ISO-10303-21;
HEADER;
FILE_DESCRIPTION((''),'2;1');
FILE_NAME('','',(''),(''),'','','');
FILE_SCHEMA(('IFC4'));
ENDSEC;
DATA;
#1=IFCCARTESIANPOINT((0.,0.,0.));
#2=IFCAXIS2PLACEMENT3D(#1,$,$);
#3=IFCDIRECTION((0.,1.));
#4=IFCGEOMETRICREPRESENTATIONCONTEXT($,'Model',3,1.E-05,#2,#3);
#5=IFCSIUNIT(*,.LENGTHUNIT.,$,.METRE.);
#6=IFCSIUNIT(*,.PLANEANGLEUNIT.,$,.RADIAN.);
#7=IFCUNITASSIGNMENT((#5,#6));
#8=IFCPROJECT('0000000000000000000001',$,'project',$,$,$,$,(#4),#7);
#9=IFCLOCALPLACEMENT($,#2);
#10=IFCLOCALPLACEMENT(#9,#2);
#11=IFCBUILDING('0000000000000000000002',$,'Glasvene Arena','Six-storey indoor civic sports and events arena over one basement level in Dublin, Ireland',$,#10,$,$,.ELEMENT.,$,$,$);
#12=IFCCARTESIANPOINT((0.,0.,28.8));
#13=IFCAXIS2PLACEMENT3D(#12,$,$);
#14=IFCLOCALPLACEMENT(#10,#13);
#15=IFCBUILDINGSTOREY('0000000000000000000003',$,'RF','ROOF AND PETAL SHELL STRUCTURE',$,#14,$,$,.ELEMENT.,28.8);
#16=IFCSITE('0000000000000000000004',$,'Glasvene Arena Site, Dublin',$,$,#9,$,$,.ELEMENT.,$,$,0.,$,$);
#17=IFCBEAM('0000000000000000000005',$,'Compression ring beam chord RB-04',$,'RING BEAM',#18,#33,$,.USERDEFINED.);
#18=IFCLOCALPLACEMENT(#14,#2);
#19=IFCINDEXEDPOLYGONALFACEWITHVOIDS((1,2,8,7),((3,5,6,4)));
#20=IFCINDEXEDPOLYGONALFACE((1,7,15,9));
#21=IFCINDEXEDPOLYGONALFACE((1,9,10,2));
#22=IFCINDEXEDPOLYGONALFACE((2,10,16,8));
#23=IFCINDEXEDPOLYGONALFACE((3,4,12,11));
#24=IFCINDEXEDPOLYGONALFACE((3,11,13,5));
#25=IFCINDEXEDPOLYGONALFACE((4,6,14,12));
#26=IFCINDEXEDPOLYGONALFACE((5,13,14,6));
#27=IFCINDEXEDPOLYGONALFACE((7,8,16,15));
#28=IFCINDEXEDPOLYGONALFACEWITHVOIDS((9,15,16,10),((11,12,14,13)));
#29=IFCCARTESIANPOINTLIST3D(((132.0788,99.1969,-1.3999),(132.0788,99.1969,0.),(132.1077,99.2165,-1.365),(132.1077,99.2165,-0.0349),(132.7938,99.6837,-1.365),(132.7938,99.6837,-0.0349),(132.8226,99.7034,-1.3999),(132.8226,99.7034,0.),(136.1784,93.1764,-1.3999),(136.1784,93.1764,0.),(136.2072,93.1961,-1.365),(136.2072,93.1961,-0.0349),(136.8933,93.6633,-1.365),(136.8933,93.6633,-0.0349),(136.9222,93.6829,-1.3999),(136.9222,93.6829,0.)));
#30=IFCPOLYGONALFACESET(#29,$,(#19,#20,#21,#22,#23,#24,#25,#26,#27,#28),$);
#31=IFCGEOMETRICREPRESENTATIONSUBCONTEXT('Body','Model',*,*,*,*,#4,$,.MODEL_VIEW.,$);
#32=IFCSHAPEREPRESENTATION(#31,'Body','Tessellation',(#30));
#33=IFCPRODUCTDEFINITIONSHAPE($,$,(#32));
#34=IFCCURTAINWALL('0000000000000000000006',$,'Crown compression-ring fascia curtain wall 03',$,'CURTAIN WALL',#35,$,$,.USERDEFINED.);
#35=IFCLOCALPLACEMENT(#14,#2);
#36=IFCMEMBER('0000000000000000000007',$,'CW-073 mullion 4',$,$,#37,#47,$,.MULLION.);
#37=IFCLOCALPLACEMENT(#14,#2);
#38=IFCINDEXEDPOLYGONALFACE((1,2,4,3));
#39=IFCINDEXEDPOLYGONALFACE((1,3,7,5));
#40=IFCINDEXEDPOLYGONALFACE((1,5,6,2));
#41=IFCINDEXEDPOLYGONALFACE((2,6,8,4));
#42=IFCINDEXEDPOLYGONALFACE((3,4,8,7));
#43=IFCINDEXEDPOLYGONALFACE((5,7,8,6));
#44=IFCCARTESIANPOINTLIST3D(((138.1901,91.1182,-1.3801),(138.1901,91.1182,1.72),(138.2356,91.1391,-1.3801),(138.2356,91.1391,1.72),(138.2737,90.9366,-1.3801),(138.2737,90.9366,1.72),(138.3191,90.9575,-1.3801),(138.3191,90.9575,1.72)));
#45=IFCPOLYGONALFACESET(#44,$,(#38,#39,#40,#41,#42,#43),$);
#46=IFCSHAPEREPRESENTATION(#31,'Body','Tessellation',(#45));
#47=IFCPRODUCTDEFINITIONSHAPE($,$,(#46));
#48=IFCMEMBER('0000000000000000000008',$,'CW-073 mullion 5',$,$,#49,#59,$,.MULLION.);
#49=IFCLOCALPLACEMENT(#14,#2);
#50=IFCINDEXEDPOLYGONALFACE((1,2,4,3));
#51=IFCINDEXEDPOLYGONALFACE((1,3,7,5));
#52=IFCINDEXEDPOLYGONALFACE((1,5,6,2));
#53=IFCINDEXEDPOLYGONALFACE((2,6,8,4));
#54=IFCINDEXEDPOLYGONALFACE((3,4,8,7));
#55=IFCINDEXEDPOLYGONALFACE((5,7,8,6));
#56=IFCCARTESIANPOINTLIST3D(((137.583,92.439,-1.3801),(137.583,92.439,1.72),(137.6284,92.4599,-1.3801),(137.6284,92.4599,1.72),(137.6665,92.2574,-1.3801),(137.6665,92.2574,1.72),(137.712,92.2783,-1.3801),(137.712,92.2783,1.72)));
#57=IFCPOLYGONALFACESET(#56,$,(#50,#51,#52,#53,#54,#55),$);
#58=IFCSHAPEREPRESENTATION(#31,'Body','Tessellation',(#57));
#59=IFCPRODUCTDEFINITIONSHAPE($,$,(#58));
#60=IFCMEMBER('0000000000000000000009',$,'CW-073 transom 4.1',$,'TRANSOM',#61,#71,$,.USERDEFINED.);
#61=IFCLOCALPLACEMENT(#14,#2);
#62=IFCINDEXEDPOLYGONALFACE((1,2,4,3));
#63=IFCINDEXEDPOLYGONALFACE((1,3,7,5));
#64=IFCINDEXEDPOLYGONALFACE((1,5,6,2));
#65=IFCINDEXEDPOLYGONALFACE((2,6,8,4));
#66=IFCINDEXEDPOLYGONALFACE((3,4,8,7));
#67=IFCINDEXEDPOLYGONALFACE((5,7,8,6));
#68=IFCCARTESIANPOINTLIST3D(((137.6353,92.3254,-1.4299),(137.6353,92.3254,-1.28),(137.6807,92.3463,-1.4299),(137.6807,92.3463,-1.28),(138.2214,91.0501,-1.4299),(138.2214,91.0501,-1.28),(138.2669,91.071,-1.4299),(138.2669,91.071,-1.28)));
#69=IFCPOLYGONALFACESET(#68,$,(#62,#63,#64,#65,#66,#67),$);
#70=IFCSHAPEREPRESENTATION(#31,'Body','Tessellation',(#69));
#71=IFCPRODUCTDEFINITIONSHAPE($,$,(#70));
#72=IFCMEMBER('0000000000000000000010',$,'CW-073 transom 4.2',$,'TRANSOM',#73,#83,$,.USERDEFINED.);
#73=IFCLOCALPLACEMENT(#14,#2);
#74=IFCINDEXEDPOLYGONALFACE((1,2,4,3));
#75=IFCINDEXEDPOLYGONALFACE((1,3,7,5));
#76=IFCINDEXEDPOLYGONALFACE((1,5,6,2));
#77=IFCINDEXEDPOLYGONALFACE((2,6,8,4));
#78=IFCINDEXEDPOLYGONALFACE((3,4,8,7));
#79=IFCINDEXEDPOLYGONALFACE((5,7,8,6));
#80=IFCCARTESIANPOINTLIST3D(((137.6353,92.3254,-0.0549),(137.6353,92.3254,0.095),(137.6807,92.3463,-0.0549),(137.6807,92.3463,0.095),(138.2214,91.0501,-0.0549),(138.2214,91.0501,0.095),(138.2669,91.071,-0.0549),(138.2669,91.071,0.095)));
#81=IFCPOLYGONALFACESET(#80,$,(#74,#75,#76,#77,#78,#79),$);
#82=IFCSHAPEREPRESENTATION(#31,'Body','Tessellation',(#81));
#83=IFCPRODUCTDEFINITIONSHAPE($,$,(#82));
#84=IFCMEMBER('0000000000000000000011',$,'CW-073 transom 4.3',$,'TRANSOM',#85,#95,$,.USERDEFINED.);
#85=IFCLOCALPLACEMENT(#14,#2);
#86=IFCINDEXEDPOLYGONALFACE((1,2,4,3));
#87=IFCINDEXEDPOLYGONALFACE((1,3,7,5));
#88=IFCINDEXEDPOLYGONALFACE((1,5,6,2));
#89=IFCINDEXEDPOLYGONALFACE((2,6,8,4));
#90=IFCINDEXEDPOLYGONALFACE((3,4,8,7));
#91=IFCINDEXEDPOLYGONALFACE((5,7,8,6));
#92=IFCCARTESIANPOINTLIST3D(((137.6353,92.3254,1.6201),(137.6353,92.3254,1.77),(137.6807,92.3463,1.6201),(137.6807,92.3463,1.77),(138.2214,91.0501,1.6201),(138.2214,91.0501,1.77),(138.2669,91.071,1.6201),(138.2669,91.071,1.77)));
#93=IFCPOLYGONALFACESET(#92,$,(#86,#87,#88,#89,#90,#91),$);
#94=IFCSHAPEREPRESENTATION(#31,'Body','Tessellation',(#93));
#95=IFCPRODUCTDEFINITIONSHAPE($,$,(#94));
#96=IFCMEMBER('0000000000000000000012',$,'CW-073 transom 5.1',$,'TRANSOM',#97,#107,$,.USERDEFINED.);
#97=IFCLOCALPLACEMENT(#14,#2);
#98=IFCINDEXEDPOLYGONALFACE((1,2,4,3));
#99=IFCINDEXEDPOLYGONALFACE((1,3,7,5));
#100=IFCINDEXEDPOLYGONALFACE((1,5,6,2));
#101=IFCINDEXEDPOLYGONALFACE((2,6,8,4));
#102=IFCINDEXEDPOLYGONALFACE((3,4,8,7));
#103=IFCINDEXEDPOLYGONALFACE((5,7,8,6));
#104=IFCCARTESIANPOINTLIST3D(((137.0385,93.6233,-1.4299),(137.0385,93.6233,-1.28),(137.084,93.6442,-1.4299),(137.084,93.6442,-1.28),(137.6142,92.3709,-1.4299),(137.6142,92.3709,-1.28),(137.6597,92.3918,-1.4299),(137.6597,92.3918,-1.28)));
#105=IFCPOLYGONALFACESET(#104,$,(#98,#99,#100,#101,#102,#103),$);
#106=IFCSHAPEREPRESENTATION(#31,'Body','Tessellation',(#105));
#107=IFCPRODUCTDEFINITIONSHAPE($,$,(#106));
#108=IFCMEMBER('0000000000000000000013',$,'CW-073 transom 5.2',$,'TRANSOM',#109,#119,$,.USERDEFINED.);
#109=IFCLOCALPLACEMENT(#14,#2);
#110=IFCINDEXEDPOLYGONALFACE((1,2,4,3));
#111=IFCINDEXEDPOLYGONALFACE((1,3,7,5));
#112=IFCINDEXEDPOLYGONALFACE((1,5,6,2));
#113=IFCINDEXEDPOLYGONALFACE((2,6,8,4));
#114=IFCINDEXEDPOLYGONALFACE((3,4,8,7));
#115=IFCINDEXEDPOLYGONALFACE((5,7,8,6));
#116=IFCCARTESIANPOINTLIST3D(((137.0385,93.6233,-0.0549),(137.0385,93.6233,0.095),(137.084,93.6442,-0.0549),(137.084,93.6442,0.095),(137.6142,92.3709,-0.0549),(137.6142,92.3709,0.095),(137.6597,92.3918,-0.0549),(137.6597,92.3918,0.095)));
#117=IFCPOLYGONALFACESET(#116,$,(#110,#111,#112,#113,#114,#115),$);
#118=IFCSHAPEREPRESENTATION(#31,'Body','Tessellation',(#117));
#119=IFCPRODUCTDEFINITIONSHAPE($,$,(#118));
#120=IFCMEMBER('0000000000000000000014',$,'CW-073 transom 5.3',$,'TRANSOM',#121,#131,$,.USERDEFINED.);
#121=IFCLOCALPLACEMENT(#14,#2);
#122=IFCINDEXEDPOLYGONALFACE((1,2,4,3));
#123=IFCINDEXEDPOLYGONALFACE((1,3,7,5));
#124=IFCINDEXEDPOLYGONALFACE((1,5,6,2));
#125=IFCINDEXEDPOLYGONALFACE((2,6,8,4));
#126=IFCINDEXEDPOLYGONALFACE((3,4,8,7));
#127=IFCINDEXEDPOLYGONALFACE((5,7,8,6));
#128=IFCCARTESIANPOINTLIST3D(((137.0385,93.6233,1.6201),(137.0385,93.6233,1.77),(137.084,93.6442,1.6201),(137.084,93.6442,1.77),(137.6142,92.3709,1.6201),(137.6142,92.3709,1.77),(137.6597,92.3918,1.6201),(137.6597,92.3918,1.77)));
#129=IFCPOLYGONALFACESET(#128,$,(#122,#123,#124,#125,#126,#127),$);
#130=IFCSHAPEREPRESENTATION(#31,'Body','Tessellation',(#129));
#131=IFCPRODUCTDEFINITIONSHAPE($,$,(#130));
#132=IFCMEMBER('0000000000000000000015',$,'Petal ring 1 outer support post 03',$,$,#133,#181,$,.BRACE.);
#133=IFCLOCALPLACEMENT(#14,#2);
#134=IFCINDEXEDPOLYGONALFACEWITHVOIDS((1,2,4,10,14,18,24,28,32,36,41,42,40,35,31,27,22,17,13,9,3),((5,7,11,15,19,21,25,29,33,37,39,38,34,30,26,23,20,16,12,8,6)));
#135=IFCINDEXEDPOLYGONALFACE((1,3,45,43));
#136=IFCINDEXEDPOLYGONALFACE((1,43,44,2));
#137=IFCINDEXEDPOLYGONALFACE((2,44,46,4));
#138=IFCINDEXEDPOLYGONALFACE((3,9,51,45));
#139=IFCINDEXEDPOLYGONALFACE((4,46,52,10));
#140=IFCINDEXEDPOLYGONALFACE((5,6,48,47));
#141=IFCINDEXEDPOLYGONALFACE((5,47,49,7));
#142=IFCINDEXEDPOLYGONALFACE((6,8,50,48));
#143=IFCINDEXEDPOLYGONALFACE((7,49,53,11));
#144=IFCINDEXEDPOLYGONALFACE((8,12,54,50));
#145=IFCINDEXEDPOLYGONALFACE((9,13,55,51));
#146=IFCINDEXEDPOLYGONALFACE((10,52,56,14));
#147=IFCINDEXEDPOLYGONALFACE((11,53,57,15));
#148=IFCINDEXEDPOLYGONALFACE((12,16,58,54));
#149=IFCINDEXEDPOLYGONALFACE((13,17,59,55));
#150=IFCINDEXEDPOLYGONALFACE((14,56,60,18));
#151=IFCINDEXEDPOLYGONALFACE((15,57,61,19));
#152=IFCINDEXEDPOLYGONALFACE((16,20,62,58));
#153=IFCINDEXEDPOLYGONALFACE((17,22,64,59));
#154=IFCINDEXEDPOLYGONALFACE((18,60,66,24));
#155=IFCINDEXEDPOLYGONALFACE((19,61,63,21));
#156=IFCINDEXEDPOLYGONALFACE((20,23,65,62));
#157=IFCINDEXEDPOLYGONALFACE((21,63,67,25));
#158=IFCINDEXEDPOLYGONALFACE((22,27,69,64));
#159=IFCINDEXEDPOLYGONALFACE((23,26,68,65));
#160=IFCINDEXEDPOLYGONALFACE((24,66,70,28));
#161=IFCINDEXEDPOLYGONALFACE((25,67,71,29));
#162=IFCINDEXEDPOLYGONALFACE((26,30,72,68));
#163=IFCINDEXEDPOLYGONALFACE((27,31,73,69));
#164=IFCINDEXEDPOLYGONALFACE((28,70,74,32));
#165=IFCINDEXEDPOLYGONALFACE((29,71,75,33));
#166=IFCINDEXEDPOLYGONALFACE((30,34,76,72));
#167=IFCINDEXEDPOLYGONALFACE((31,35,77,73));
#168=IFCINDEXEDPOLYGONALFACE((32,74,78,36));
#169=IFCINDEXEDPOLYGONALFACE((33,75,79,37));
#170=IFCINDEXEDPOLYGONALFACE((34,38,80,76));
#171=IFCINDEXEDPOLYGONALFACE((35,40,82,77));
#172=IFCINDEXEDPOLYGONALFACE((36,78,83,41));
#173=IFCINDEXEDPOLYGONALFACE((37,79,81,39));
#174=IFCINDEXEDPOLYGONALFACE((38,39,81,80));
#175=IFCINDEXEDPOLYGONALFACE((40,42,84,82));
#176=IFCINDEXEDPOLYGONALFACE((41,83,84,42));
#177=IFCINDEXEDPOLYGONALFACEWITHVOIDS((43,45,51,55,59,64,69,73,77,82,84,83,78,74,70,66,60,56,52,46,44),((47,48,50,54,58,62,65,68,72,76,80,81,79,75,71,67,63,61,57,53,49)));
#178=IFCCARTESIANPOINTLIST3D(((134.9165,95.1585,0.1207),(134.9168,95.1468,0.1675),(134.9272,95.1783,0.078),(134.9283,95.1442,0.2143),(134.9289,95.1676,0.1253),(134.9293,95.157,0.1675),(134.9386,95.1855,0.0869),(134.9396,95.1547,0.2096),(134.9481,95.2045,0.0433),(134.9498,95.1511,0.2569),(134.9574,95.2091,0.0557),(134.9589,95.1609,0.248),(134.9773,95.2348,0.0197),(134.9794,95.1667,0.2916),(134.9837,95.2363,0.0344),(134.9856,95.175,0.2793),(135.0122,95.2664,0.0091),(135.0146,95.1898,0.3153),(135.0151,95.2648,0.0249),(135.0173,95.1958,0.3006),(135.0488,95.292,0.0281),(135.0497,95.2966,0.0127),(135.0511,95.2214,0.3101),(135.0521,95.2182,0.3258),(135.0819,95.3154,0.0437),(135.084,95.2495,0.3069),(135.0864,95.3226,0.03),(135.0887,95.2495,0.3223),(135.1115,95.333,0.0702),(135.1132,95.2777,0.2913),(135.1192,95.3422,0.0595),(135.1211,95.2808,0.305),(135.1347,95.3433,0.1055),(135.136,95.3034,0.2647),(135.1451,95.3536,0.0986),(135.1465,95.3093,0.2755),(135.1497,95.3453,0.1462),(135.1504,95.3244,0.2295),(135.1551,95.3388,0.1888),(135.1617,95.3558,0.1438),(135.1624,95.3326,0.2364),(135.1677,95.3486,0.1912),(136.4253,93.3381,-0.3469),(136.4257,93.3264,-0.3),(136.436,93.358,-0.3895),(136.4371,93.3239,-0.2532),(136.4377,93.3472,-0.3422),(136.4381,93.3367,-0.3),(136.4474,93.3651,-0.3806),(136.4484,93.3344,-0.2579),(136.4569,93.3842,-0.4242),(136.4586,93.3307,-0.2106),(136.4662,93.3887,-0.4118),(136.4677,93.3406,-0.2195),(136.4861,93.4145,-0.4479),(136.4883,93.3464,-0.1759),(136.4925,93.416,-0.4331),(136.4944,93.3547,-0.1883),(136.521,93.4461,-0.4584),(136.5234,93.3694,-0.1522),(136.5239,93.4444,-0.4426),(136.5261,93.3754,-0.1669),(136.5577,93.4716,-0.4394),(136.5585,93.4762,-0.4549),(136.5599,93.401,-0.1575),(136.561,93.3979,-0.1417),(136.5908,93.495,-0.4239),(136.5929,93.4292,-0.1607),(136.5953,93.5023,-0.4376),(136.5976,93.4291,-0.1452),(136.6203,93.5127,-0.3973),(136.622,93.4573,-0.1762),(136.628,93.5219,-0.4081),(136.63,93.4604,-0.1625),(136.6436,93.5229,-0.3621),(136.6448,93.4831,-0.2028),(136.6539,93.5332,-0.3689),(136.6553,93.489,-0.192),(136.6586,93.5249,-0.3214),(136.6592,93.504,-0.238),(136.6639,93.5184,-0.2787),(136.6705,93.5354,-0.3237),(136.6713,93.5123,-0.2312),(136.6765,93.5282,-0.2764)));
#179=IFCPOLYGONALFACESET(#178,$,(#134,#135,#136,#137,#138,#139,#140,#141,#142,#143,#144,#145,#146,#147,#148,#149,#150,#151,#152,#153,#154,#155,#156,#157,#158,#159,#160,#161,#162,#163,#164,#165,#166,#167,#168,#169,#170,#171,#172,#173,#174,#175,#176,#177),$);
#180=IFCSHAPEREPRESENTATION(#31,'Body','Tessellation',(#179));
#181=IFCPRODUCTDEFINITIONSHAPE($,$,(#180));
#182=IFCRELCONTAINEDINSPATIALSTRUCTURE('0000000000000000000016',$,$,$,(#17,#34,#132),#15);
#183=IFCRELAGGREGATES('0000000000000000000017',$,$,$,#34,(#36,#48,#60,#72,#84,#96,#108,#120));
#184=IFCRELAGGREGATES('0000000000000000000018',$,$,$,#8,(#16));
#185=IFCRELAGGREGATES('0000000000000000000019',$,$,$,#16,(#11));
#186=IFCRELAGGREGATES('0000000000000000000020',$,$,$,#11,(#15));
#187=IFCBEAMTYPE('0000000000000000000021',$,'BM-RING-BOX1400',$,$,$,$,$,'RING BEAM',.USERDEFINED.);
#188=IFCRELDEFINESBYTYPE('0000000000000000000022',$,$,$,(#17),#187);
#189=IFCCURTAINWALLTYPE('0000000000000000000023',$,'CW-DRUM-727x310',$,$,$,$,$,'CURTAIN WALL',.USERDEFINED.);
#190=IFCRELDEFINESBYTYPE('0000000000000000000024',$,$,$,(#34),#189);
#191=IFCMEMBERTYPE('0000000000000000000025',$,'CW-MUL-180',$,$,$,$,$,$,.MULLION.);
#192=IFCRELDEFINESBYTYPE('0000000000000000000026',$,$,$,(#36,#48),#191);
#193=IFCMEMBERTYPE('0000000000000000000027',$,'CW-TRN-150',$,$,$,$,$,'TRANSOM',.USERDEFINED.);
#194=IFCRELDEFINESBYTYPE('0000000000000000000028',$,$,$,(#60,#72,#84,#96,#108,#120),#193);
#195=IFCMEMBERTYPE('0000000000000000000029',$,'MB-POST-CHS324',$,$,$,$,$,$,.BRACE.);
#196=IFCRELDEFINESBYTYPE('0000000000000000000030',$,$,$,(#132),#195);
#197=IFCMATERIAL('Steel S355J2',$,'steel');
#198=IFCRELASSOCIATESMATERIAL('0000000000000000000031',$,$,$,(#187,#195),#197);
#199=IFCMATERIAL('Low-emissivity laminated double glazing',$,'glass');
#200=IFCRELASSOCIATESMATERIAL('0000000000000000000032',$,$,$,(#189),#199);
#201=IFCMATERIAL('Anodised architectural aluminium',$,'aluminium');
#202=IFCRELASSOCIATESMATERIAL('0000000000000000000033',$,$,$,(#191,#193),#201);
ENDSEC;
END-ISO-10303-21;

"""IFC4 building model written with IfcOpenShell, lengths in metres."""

from ifc_helpers import new_model, si_unit, direction, frame, origin, origin_2d, place, context, subcontext, project, spatial, rectangle, hollow_rectangle, hollow_circle, extrude, material, material_profile, profile_set, type_object, element, aggregate, save


model = new_model("IFC4")

# Units and contexts
model_context = context("Model", 3, precision=1e-05, world=origin(), true_north=direction((0.0, 1.0)))
body_context = subcontext(model_context, "Body", "Model", "MODEL_VIEW")
ifc_project = project(units=[si_unit("LENGTHUNIT", "METRE"), si_unit("PLANEANGLEUNIT", "RADIAN")], contexts=[model_context])

# Site, building, storey
site_placement = place(None, origin())
site = spatial("IfcSite", under=ifc_project, at=site_placement, Name="Glasvene Arena Site, Dublin", CompositionType="ELEMENT", RefElevation=0.0)
building_placement = place(site_placement, origin())
building = spatial("IfcBuilding", under=site, at=building_placement, Name="Glasvene Arena", Description="Six-storey indoor civic sports and events arena over one basement level in Dublin, Ireland", CompositionType="ELEMENT")
storey_placement = place(building_placement, frame((0.0, 0.0, 28.8)))
storey = spatial("IfcBuildingStorey", under=building, at=storey_placement, Name="RF", Description="ROOF AND PETAL SHELL STRUCTURE", CompositionType="ELEMENT", Elevation=28.8)

# Beam
ifc_material_1 = material(Name="Steel S355J2", Category="steel")
ifc_material_profile_1 = material_profile(ifc_material_1, hollow_rectangle(XDim=0.8999, YDim=1.3999, WallThickness=0.0349, at=origin_2d()), Name="WBOX 900x1400x35")
ifc_profile_set_1 = profile_set([ifc_material_profile_1], Name="Steel S355J2")
beam_type = type_object("IfcBeamType", Name="BM-RING-BOX1400", ElementType="RING BEAM", PredefinedType="USERDEFINED", material=ifc_profile_set_1)
beam_placement = place(storey_placement, frame((136.5503, 93.4297, -0.7), z_axis=(-0.562842, 0.826565, 0.0), x_axis=(-0.826565, -0.562842, 0.0)))
element("IfcBeam", 1, at=beam_placement, inside=storey, type_object=beam_type, Name="Compression ring beam chord RB-04", ObjectType="RING BEAM", PredefinedType="USERDEFINED", context=body_context, shape_type="SweptSolid", body=[
    extrude(hollow_rectangle(XDim=0.8999, YDim=1.3999, WallThickness=0.0349, at=origin_2d()), origin(), (0.0, 0.0, 1.0), 7.2837),
])

# Curtain wall, members
ifc_material_2 = material(Name="Low-emissivity laminated double glazing", Category="glass")
curtain_wall_type = type_object("IfcCurtainWallType", Name="CW-DRUM-727x310", ElementType="CURTAIN WALL", PredefinedType="USERDEFINED", material=ifc_material_2)
curtain_wall_placement = place(storey_placement, frame((140.0759, 87.0757, 0.0)))
curtain_wall = element("IfcCurtainWall", 2, at=curtain_wall_placement, inside=storey, type_object=curtain_wall_type, Name="Crown compression-ring fascia curtain wall 03", ObjectType="CURTAIN WALL", PredefinedType="USERDEFINED")
ifc_material_3 = material(Name="Anodised architectural aluminium", Category="aluminium")
ifc_material_profile_2 = material_profile(ifc_material_3, rectangle(XDim=0.05, YDim=0.2, at=origin_2d()), Name="ALU MULLION 50x200")
ifc_profile_set_2 = profile_set([ifc_material_profile_2], Name="Anodised architectural aluminium")
member_type_1 = type_object("IfcMemberType", Name="CW-MUL-180", PredefinedType="MULLION", material=ifc_profile_set_2)
member_1_placement = place(storey_placement, frame((138.2546, 91.0378, -1.3801), z_axis=(0.0, 0.0, 1.0), x_axis=(-0.908603, -0.417661, 0.0)))
member_1 = element("IfcMember", 3, at=member_1_placement, type_object=member_type_1, Name="CW-073 mullion 4", PredefinedType="MULLION", context=body_context, shape_type="SweptSolid", body=[
    extrude(rectangle(XDim=0.05, YDim=0.2, at=origin_2d()), origin(), (0.0, 0.0, 1.0), 3.1001),
])
member_2_placement = place(storey_placement, frame((137.6475, 92.3586, -1.3801), z_axis=(0.0, 0.0, 1.0), x_axis=(-0.908603, -0.417661, 0.0)))
member_2 = element("IfcMember", 4, at=member_2_placement, type_object=member_type_1, Name="CW-073 mullion 5", PredefinedType="MULLION", context=body_context, shape_type="SweptSolid", body=[
    extrude(rectangle(XDim=0.05, YDim=0.2, at=origin_2d()), origin(), (0.0, 0.0, 1.0), 3.1001),
])
ifc_material_profile_3 = material_profile(ifc_material_3, rectangle(XDim=0.05, YDim=0.1499, at=origin_2d()), Name="ALU TRANSOM 50x150")
ifc_profile_set_3 = profile_set([ifc_material_profile_3], Name="Anodised architectural aluminium")
member_type_2 = type_object("IfcMemberType", Name="CW-TRN-150", ElementType="TRANSOM", PredefinedType="USERDEFINED", material=ifc_profile_set_3)
member_3_placement = place(storey_placement, frame((138.2441, 91.0605, -1.355), z_axis=(-0.417613, 0.908625, 0.0), x_axis=(-0.908625, -0.417613, 0.0)))
member_3 = element("IfcMember", 5, at=member_3_placement, type_object=member_type_2, Name="CW-073 transom 4.1", ObjectType="TRANSOM", PredefinedType="USERDEFINED", context=body_context, shape_type="SweptSolid", body=[
    extrude(rectangle(XDim=0.05, YDim=0.1499, at=origin_2d()), origin(), (0.0, 0.0, 1.0), 1.4036),
])
member_4_placement = place(storey_placement, frame((138.2441, 91.0605, 0.02), z_axis=(-0.417613, 0.908625, 0.0), x_axis=(-0.908625, -0.417613, 0.0)))
member_4 = element("IfcMember", 6, at=member_4_placement, type_object=member_type_2, Name="CW-073 transom 4.2", ObjectType="TRANSOM", PredefinedType="USERDEFINED", context=body_context, shape_type="SweptSolid", body=[
    extrude(rectangle(XDim=0.05, YDim=0.1499, at=origin_2d()), origin(), (0.0, 0.0, 1.0), 1.4036),
])
member_5_placement = place(storey_placement, frame((138.2441, 91.0605, 1.6951), z_axis=(-0.417613, 0.908625, 0.0), x_axis=(-0.908625, -0.417613, 0.0)))
member_5 = element("IfcMember", 7, at=member_5_placement, type_object=member_type_2, Name="CW-073 transom 4.3", ObjectType="TRANSOM", PredefinedType="USERDEFINED", context=body_context, shape_type="SweptSolid", body=[
    extrude(rectangle(XDim=0.05, YDim=0.1499, at=origin_2d()), origin(), (0.0, 0.0, 1.0), 1.4036),
])
member_6_placement = place(storey_placement, frame((137.637, 92.3813, -1.355), z_axis=(-0.417642, 0.908611, 0.0), x_axis=(-0.908611, -0.417642, 0.0)))
member_6 = element("IfcMember", 8, at=member_6_placement, type_object=member_type_2, Name="CW-073 transom 5.1", ObjectType="TRANSOM", PredefinedType="USERDEFINED", context=body_context, shape_type="SweptSolid", body=[
    extrude(rectangle(XDim=0.05, YDim=0.1499, at=origin_2d()), origin(), (0.0, 0.0, 1.0), 1.3784),
])
member_7_placement = place(storey_placement, frame((137.637, 92.3813, 0.02), z_axis=(-0.417642, 0.908611, 0.0), x_axis=(-0.908611, -0.417642, 0.0)))
member_7 = element("IfcMember", 9, at=member_7_placement, type_object=member_type_2, Name="CW-073 transom 5.2", ObjectType="TRANSOM", PredefinedType="USERDEFINED", context=body_context, shape_type="SweptSolid", body=[
    extrude(rectangle(XDim=0.05, YDim=0.1499, at=origin_2d()), origin(), (0.0, 0.0, 1.0), 1.3784),
])
member_8_placement = place(storey_placement, frame((137.637, 92.3813, 1.6951), z_axis=(-0.417642, 0.908611, 0.0), x_axis=(-0.908611, -0.417642, 0.0)))
member_8 = element("IfcMember", 10, at=member_8_placement, type_object=member_type_2, Name="CW-073 transom 5.3", ObjectType="TRANSOM", PredefinedType="USERDEFINED", context=body_context, shape_type="SweptSolid", body=[
    extrude(rectangle(XDim=0.05, YDim=0.1499, at=origin_2d()), origin(), (0.0, 0.0, 1.0), 1.3784),
])

# Member
ifc_material_profile_4 = material_profile(ifc_material_1, hollow_circle(Radius=0.1619, WallThickness=0.0161, at=origin_2d()), Name="CHS 323.9x16.0")
ifc_profile_set_4 = profile_set([ifc_material_profile_4], Name="Steel S355J2")
member_type_3 = type_object("IfcMemberType", Name="MB-POST-CHS324", PredefinedType="BRACE", material=ifc_profile_set_4)
member_9_placement = place(storey_placement, frame((136.5503, 93.4297, -0.3), z_axis=(-0.626028, 0.755286, 0.193988), x_axis=(-0.769911, -0.638151, 0.0)))
element("IfcMember", 11, at=member_9_placement, inside=storey, type_object=member_type_3, Name="Petal ring 1 outer support post 03", PredefinedType="BRACE", context=body_context, shape_type="SweptSolid", body=[
    extrude(hollow_circle(Radius=0.1619, WallThickness=0.0161, at=origin_2d()), origin(), (0.0, 0.0, 1.0), 2.4102),
])

aggregate(curtain_wall, [member_1, member_2, member_3, member_4, member_5, member_6, member_7, member_8])

save(model, "model.ifc")
